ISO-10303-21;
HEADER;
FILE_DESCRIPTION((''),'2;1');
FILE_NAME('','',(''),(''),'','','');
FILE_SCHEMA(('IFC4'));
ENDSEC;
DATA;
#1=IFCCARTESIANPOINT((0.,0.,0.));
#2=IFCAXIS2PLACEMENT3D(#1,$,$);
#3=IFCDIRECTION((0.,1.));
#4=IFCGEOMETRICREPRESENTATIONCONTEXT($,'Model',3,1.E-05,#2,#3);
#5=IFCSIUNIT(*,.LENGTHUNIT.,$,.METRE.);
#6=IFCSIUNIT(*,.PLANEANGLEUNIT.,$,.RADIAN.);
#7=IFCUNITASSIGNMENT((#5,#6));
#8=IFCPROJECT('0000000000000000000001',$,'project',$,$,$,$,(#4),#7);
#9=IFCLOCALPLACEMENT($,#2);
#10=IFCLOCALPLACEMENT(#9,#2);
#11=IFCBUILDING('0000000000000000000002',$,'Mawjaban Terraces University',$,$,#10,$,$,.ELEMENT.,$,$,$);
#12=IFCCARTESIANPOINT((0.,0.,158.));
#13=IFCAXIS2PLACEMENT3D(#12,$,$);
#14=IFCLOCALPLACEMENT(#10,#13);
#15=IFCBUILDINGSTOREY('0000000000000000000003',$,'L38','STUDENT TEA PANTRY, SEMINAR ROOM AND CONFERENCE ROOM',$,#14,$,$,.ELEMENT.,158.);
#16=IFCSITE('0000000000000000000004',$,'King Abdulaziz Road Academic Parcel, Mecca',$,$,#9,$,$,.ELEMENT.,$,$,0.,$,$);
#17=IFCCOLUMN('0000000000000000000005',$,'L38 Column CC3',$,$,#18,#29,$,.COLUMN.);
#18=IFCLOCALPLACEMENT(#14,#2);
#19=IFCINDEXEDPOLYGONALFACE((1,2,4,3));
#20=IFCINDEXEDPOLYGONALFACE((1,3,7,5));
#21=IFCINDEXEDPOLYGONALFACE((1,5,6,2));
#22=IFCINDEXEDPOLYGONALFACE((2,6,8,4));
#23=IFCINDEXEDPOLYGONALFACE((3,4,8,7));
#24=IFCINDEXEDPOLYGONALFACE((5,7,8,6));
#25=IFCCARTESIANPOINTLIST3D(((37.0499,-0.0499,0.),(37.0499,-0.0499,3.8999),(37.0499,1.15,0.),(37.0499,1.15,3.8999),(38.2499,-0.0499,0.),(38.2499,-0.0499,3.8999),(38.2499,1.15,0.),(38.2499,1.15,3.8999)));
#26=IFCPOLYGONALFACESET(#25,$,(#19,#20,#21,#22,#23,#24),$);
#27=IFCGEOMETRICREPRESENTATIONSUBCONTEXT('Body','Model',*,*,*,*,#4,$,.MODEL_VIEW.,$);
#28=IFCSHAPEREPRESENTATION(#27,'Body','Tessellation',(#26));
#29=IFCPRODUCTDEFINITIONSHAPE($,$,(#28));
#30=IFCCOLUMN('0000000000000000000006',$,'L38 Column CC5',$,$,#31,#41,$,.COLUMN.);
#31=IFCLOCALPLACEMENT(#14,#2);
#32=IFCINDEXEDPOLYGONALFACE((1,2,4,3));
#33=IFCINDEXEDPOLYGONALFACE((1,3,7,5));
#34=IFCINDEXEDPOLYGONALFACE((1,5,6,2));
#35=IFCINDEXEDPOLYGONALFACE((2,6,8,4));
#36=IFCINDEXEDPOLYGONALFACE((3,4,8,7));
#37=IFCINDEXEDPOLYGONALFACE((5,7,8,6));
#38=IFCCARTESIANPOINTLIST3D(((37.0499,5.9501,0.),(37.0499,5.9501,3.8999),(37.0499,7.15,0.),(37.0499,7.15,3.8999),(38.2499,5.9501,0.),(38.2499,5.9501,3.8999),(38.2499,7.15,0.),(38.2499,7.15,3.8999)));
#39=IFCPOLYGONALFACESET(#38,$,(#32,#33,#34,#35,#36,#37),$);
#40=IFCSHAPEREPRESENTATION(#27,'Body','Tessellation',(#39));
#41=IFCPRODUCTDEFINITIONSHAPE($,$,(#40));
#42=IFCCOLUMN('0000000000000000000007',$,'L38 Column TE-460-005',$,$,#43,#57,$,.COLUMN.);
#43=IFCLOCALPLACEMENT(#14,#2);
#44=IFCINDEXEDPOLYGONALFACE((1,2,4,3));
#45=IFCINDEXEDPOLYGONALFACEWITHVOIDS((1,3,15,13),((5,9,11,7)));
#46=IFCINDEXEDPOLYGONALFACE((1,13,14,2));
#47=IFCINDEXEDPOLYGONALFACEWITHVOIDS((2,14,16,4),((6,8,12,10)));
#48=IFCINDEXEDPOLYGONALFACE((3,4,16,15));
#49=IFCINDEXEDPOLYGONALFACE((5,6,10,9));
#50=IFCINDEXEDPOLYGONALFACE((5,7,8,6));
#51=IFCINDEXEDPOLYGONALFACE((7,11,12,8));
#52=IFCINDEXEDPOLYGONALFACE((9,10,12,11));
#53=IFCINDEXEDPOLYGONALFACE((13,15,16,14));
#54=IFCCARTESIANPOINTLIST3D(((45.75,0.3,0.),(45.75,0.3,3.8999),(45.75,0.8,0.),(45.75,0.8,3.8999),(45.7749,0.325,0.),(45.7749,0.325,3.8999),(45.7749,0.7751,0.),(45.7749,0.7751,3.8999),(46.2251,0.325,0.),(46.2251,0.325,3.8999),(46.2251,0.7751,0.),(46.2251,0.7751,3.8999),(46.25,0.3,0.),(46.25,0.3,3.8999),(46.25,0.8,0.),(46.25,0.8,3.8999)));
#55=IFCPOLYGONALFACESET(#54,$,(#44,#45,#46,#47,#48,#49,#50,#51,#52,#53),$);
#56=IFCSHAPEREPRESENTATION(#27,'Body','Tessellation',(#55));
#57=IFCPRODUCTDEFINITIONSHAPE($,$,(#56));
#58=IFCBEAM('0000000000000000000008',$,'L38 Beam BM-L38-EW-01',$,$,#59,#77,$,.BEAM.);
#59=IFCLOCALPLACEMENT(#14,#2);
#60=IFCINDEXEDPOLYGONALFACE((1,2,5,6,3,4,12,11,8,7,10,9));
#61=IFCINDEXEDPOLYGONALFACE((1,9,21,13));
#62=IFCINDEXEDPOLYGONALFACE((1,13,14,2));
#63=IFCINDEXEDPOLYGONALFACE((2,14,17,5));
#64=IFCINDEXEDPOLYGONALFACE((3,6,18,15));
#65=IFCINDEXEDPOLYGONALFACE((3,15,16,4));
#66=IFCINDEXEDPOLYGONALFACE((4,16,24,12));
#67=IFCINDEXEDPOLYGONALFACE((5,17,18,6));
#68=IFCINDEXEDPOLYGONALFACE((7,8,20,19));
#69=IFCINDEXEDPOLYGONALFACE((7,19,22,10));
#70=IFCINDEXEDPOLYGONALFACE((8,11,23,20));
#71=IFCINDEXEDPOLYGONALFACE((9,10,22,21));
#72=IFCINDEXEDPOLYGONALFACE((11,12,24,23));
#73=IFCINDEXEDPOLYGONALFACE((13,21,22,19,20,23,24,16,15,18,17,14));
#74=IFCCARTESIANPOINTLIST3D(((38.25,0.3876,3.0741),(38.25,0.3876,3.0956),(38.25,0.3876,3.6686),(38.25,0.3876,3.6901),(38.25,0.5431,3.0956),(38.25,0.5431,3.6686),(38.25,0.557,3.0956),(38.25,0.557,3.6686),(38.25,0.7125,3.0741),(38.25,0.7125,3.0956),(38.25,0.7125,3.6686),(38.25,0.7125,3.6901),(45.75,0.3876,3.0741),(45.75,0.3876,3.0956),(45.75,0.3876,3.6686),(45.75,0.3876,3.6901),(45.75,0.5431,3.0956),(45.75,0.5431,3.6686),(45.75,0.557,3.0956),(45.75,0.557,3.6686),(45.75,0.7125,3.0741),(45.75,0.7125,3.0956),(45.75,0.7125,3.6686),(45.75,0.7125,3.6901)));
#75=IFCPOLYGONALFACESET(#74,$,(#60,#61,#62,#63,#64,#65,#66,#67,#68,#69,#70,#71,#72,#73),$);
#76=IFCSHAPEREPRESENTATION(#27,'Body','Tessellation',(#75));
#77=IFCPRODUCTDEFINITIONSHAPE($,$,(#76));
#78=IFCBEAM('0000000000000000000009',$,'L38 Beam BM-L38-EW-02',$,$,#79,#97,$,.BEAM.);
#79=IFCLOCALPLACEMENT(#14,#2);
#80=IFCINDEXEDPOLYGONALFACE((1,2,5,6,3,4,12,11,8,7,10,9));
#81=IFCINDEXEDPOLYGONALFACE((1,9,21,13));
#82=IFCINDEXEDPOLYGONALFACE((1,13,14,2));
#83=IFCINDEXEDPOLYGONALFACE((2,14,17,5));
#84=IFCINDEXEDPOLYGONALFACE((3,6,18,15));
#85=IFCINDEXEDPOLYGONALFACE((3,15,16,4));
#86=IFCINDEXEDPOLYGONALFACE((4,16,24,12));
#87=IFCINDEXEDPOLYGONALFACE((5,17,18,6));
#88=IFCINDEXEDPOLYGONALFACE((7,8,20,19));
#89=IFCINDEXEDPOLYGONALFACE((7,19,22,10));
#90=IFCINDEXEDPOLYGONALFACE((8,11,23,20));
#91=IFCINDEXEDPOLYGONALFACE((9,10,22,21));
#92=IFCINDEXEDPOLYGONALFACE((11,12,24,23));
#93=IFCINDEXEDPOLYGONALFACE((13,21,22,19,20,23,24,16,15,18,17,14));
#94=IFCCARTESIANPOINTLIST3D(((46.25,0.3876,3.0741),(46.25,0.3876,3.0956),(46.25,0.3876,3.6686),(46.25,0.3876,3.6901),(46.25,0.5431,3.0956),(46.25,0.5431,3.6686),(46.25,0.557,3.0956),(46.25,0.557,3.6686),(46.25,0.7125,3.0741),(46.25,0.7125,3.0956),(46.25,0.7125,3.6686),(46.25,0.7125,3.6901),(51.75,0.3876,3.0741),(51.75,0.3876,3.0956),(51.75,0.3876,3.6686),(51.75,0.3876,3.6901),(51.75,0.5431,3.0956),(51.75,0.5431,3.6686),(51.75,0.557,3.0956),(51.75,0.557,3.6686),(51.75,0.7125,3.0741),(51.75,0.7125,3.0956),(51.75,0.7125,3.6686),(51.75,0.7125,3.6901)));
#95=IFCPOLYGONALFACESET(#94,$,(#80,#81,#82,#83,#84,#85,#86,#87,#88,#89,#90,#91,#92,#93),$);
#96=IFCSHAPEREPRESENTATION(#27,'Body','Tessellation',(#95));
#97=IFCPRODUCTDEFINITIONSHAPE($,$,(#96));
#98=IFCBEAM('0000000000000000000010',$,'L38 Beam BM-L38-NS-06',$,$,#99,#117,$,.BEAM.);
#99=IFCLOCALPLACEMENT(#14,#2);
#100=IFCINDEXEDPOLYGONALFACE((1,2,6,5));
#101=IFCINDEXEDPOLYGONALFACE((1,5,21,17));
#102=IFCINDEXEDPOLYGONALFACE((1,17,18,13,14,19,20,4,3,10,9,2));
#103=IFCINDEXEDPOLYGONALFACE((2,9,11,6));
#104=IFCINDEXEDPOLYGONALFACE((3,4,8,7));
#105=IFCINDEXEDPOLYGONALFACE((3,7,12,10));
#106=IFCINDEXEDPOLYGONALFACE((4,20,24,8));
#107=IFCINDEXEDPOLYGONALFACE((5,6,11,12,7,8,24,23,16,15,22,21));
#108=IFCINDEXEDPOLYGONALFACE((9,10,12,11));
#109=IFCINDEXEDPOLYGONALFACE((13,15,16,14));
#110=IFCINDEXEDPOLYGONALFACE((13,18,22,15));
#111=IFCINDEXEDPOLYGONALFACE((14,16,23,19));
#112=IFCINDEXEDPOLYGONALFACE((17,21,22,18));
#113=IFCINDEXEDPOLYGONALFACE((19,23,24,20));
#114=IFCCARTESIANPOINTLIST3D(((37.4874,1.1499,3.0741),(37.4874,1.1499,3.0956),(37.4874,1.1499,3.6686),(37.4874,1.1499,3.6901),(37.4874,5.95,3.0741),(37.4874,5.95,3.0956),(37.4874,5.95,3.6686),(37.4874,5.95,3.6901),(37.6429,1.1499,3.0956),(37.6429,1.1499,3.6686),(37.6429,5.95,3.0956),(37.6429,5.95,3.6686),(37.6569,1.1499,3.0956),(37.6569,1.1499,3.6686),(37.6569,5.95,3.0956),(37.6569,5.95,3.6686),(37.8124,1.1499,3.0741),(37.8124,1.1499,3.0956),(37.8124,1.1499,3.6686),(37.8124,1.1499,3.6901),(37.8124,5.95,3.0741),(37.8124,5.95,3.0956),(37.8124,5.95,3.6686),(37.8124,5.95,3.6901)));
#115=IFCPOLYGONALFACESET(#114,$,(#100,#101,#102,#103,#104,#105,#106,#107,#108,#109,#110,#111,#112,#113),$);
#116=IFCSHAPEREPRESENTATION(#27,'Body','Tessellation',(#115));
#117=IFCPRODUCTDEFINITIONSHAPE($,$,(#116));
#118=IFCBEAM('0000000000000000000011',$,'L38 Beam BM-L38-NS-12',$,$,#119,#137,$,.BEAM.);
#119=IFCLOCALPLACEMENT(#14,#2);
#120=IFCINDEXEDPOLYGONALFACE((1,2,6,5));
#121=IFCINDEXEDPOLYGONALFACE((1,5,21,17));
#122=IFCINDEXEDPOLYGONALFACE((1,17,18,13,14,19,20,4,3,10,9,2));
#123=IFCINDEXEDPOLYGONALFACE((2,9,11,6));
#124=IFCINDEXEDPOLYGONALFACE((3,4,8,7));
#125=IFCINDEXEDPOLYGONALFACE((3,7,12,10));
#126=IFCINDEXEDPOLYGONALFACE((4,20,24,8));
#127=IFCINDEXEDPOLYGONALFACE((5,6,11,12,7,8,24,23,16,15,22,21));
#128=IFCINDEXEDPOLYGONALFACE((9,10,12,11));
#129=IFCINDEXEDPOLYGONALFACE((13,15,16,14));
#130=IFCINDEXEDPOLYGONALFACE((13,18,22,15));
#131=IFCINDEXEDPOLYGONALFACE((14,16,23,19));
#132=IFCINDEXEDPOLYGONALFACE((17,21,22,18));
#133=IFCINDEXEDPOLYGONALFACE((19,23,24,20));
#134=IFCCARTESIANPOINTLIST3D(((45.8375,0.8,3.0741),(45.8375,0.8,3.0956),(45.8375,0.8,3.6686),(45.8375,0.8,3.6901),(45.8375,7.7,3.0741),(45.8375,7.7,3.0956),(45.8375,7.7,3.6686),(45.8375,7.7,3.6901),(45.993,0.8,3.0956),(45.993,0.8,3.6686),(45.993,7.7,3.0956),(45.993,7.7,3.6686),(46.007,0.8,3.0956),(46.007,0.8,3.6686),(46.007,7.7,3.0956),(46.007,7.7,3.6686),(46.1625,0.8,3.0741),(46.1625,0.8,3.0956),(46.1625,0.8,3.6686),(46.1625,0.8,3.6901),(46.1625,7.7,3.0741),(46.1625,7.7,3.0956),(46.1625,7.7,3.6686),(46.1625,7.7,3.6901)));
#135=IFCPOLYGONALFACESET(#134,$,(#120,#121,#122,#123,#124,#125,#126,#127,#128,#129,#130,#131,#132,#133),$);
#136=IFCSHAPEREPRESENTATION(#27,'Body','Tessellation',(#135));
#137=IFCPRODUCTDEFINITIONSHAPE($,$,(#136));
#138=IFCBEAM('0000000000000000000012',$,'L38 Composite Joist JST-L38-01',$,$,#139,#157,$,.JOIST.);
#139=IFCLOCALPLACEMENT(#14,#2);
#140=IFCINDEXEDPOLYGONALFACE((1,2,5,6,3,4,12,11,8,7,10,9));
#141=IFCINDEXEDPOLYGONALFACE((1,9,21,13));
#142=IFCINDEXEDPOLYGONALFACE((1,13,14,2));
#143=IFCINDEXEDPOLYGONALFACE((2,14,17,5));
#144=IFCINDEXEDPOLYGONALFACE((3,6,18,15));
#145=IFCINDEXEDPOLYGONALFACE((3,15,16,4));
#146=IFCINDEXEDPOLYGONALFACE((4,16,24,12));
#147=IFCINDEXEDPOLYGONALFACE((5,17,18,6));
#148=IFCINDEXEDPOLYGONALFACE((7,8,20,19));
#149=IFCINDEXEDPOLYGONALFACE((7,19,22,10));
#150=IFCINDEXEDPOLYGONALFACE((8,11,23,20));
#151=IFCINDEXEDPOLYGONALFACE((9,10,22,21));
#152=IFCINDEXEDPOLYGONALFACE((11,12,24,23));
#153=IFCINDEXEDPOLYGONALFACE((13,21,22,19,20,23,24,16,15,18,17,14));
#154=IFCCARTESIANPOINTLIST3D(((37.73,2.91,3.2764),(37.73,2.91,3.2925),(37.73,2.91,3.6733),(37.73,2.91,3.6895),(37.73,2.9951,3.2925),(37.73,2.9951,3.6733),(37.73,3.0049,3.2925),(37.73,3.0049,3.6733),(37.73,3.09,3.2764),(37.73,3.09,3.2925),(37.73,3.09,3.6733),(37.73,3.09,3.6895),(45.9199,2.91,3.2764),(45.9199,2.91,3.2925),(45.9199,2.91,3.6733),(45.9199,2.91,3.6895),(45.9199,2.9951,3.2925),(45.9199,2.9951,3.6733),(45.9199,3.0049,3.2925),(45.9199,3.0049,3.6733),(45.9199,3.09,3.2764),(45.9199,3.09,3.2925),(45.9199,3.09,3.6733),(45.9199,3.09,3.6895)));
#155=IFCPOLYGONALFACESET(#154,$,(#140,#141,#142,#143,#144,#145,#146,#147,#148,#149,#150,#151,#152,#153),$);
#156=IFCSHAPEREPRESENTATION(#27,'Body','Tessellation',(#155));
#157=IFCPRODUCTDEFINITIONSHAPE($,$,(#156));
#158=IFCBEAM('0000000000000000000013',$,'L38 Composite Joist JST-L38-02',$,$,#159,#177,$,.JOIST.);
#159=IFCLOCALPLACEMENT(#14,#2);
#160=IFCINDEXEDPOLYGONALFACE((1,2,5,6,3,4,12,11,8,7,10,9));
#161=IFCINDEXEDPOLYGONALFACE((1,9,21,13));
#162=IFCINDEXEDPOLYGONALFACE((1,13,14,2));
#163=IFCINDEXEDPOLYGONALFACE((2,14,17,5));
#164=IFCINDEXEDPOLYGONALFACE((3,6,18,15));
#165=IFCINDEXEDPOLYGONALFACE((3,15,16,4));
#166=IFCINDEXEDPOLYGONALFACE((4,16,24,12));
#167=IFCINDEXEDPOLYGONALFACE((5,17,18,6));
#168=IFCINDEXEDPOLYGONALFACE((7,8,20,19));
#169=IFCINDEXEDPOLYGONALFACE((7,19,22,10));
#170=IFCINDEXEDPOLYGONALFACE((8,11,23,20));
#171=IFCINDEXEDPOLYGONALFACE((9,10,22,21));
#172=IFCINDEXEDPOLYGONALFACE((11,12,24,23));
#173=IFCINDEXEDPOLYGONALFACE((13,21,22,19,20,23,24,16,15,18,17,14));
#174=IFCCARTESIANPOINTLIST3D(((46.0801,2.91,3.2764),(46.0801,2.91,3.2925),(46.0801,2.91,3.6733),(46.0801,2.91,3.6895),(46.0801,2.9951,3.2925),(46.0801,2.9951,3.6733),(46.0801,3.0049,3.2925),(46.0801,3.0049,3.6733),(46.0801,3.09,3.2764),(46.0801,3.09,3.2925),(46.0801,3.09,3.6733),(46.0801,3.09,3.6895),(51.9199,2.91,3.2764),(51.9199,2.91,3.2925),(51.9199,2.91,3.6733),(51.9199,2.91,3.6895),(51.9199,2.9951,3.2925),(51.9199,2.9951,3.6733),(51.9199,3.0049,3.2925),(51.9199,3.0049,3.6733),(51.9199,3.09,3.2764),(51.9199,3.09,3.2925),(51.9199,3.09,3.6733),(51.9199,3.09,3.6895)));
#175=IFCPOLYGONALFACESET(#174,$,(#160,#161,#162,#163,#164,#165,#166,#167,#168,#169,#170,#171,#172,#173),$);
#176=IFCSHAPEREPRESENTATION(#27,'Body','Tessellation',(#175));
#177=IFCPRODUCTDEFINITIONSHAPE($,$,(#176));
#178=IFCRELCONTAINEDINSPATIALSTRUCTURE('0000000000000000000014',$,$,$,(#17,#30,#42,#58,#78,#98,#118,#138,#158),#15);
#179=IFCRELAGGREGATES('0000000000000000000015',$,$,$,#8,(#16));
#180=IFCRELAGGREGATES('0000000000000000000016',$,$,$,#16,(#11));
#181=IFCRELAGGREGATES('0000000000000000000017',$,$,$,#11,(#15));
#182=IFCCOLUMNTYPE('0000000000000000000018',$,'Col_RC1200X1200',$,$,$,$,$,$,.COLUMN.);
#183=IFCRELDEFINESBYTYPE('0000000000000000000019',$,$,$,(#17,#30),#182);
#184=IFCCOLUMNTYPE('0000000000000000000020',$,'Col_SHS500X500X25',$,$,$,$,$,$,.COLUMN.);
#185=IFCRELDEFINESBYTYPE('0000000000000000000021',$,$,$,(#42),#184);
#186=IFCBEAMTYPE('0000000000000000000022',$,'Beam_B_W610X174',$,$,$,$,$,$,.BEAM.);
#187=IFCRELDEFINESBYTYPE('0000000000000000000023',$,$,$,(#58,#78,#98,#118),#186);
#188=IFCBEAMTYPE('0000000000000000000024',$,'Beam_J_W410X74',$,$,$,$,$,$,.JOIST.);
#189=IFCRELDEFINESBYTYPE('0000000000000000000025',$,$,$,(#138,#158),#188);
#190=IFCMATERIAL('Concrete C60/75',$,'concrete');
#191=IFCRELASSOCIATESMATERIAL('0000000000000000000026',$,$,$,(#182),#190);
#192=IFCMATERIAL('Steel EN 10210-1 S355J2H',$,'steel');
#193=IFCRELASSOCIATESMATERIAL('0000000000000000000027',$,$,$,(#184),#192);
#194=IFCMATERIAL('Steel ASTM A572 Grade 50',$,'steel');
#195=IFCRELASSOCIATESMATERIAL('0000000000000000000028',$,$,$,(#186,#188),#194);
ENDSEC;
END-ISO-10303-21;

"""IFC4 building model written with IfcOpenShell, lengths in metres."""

from ifc_helpers import new_model, si_unit, direction, frame, origin, origin_2d, place, context, subcontext, project, spatial, rectangle, hollow_rectangle, i_section, extrude, material, material_profile, profile_set, type_object, element, save


model = new_model("IFC4")

# Units and contexts
model_context = context("Model", 3, precision=1e-05, world=origin(), true_north=direction((0.0, 1.0)))
body_context = subcontext(model_context, "Body", "Model", "MODEL_VIEW")
ifc_project = project(units=[si_unit("LENGTHUNIT", "METRE"), si_unit("PLANEANGLEUNIT", "RADIAN")], contexts=[model_context])

# Site, building, storey
site_placement = place(None, origin())
site = spatial("IfcSite", under=ifc_project, at=site_placement, Name="King Abdulaziz Road Academic Parcel, Mecca", CompositionType="ELEMENT", RefElevation=0.0)
building_placement = place(site_placement, origin())
building = spatial("IfcBuilding", under=site, at=building_placement, Name="Mawjaban Terraces University", CompositionType="ELEMENT")
storey_placement = place(building_placement, frame((0.0, 0.0, 158.0)))
storey = spatial("IfcBuildingStorey", under=building, at=storey_placement, Name="L38", Description="STUDENT TEA PANTRY, SEMINAR ROOM AND CONFERENCE ROOM", CompositionType="ELEMENT", Elevation=158.0)

# Columns
ifc_material_1 = material(Name="Concrete C60/75", Category="concrete")
ifc_material_profile_1 = material_profile(ifc_material_1, rectangle(XDim=1.2, YDim=1.2, at=origin_2d()), Name="RC1200X1200")
ifc_profile_set_1 = profile_set([ifc_material_profile_1], Name="Concrete C60/75")
column_type_1 = type_object("IfcColumnType", Name="Col_RC1200X1200", PredefinedType="COLUMN", material=ifc_profile_set_1)
for number, where, z_axis, x_axis, name in (
    (1, (37.6499, 0.55, 0.0), (0.0, 0.0, 1.0), (1.0, 0.0, 0.0), "L38 Column CC3"),
    (2, (37.6499, 6.55, 0.0), (0.0, 0.0, 1.0), (1.0, 0.0, 0.0), "L38 Column CC5"),
):
    element("IfcColumn", number, at=place(storey_placement, frame(where, z_axis=z_axis, x_axis=x_axis)), inside=storey, type_object=column_type_1, Name=name, PredefinedType="COLUMN", context=body_context, shape_type="SweptSolid", body=[
        extrude(rectangle(XDim=1.2, YDim=1.2, at=origin_2d()), origin(), (0.0, 0.0, 1.0), 3.8999),
    ])
ifc_material_2 = material(Name="Steel EN 10210-1 S355J2H", Category="steel")
ifc_material_profile_2 = material_profile(ifc_material_2, hollow_rectangle(XDim=0.5, YDim=0.5, WallThickness=0.0249, at=origin_2d()), Name="SHS500X500X25")
ifc_profile_set_2 = profile_set([ifc_material_profile_2], Name="Steel EN 10210-1 S355J2H")
column_type_2 = type_object("IfcColumnType", Name="Col_SHS500X500X25", PredefinedType="COLUMN", material=ifc_profile_set_2)
column_placement = place(storey_placement, frame((46.0, 0.55, 0.0), z_axis=(0.0, 0.0, 1.0), x_axis=(1.0, 0.0, 0.0)))
element("IfcColumn", 3, at=column_placement, inside=storey, type_object=column_type_2, Name="L38 Column TE-460-005", PredefinedType="COLUMN", context=body_context, shape_type="SweptSolid", body=[
    extrude(hollow_rectangle(XDim=0.5, YDim=0.5, WallThickness=0.0249, at=origin_2d()), origin(), (0.0, 0.0, 1.0), 3.8999),
])

# Beams
ifc_material_3 = material(Name="Steel ASTM A572 Grade 50", Category="steel")
ifc_material_profile_3 = material_profile(ifc_material_3, i_section(OverallWidth=0.325, OverallDepth=0.616, WebThickness=0.0139, FlangeThickness=0.0215, at=origin_2d()), Name="W610X174")
ifc_profile_set_3 = profile_set([ifc_material_profile_3], Name="Steel ASTM A572 Grade 50")
beam_type_1 = type_object("IfcBeamType", Name="Beam_B_W610X174", PredefinedType="BEAM", material=ifc_profile_set_3)
beam_1_placement = place(storey_placement, frame((38.25, 0.55, 3.3821), z_axis=(1.0, 0.0, 0.0), x_axis=(0.0, 1.0, 0.0)))
element("IfcBeam", 4, at=beam_1_placement, inside=storey, type_object=beam_type_1, Name="L38 Beam BM-L38-EW-01", PredefinedType="BEAM", context=body_context, shape_type="SweptSolid", body=[
    extrude(i_section(OverallWidth=0.325, OverallDepth=0.616, WebThickness=0.0139, FlangeThickness=0.0215, at=origin_2d()), origin(), (0.0, 0.0, 1.0), 7.5),
])
beam_2_placement = place(storey_placement, frame((46.25, 0.55, 3.3821), z_axis=(1.0, 0.0, 0.0), x_axis=(0.0, 1.0, 0.0)))
element("IfcBeam", 5, at=beam_2_placement, inside=storey, type_object=beam_type_1, Name="L38 Beam BM-L38-EW-02", PredefinedType="BEAM", context=body_context, shape_type="SweptSolid", body=[
    extrude(i_section(OverallWidth=0.325, OverallDepth=0.616, WebThickness=0.0139, FlangeThickness=0.0215, at=origin_2d()), origin(), (0.0, 0.0, 1.0), 5.5),
])
beam_3_placement = place(storey_placement, frame((37.6499, 1.1499, 3.3821), z_axis=(0.0, 1.0, 0.0), x_axis=(-1.0, 0.0, 0.0)))
element("IfcBeam", 6, at=beam_3_placement, inside=storey, type_object=beam_type_1, Name="L38 Beam BM-L38-NS-06", PredefinedType="BEAM", context=body_context, shape_type="SweptSolid", body=[
    extrude(i_section(OverallWidth=0.325, OverallDepth=0.616, WebThickness=0.0139, FlangeThickness=0.0215, at=origin_2d()), origin(), (0.0, 0.0, 1.0), 4.8),
])
beam_4_placement = place(storey_placement, frame((46.0, 0.8, 3.3821), z_axis=(0.0, 1.0, 0.0), x_axis=(-1.0, 0.0, 0.0)))
element("IfcBeam", 7, at=beam_4_placement, inside=storey, type_object=beam_type_1, Name="L38 Beam BM-L38-NS-12", PredefinedType="BEAM", context=body_context, shape_type="SweptSolid", body=[
    extrude(i_section(OverallWidth=0.325, OverallDepth=0.616, WebThickness=0.0139, FlangeThickness=0.0215, at=origin_2d()), origin(), (0.0, 0.0, 1.0), 6.8999),
])
ifc_material_profile_4 = material_profile(ifc_material_3, i_section(OverallWidth=0.1799, OverallDepth=0.4131, WebThickness=0.0098, FlangeThickness=0.0161, at=origin_2d()), Name="W410X74")
ifc_profile_set_4 = profile_set([ifc_material_profile_4], Name="Steel ASTM A572 Grade 50")
beam_type_2 = type_object("IfcBeamType", Name="Beam_J_W410X74", PredefinedType="JOIST", material=ifc_profile_set_4)
beam_5_placement = place(storey_placement, frame((37.73, 3.0, 3.4829), z_axis=(1.0, 0.0, 0.0), x_axis=(0.0, 1.0, 0.0)))
element("IfcBeam", 8, at=beam_5_placement, inside=storey, type_object=beam_type_2, Name="L38 Composite Joist JST-L38-01", PredefinedType="JOIST", context=body_context, shape_type="SweptSolid", body=[
    extrude(i_section(OverallWidth=0.1799, OverallDepth=0.4131, WebThickness=0.0098, FlangeThickness=0.0161, at=origin_2d()), origin(), (0.0, 0.0, 1.0), 8.1899),
])
beam_6_placement = place(storey_placement, frame((46.0801, 3.0, 3.4829), z_axis=(1.0, 0.0, 0.0), x_axis=(0.0, 1.0, 0.0)))
element("IfcBeam", 9, at=beam_6_placement, inside=storey, type_object=beam_type_2, Name="L38 Composite Joist JST-L38-02", PredefinedType="JOIST", context=body_context, shape_type="SweptSolid", body=[
    extrude(i_section(OverallWidth=0.1799, OverallDepth=0.4131, WebThickness=0.0098, FlangeThickness=0.0161, at=origin_2d()), origin(), (0.0, 0.0, 1.0), 5.8398),
])

save(model, "model.ifc")
